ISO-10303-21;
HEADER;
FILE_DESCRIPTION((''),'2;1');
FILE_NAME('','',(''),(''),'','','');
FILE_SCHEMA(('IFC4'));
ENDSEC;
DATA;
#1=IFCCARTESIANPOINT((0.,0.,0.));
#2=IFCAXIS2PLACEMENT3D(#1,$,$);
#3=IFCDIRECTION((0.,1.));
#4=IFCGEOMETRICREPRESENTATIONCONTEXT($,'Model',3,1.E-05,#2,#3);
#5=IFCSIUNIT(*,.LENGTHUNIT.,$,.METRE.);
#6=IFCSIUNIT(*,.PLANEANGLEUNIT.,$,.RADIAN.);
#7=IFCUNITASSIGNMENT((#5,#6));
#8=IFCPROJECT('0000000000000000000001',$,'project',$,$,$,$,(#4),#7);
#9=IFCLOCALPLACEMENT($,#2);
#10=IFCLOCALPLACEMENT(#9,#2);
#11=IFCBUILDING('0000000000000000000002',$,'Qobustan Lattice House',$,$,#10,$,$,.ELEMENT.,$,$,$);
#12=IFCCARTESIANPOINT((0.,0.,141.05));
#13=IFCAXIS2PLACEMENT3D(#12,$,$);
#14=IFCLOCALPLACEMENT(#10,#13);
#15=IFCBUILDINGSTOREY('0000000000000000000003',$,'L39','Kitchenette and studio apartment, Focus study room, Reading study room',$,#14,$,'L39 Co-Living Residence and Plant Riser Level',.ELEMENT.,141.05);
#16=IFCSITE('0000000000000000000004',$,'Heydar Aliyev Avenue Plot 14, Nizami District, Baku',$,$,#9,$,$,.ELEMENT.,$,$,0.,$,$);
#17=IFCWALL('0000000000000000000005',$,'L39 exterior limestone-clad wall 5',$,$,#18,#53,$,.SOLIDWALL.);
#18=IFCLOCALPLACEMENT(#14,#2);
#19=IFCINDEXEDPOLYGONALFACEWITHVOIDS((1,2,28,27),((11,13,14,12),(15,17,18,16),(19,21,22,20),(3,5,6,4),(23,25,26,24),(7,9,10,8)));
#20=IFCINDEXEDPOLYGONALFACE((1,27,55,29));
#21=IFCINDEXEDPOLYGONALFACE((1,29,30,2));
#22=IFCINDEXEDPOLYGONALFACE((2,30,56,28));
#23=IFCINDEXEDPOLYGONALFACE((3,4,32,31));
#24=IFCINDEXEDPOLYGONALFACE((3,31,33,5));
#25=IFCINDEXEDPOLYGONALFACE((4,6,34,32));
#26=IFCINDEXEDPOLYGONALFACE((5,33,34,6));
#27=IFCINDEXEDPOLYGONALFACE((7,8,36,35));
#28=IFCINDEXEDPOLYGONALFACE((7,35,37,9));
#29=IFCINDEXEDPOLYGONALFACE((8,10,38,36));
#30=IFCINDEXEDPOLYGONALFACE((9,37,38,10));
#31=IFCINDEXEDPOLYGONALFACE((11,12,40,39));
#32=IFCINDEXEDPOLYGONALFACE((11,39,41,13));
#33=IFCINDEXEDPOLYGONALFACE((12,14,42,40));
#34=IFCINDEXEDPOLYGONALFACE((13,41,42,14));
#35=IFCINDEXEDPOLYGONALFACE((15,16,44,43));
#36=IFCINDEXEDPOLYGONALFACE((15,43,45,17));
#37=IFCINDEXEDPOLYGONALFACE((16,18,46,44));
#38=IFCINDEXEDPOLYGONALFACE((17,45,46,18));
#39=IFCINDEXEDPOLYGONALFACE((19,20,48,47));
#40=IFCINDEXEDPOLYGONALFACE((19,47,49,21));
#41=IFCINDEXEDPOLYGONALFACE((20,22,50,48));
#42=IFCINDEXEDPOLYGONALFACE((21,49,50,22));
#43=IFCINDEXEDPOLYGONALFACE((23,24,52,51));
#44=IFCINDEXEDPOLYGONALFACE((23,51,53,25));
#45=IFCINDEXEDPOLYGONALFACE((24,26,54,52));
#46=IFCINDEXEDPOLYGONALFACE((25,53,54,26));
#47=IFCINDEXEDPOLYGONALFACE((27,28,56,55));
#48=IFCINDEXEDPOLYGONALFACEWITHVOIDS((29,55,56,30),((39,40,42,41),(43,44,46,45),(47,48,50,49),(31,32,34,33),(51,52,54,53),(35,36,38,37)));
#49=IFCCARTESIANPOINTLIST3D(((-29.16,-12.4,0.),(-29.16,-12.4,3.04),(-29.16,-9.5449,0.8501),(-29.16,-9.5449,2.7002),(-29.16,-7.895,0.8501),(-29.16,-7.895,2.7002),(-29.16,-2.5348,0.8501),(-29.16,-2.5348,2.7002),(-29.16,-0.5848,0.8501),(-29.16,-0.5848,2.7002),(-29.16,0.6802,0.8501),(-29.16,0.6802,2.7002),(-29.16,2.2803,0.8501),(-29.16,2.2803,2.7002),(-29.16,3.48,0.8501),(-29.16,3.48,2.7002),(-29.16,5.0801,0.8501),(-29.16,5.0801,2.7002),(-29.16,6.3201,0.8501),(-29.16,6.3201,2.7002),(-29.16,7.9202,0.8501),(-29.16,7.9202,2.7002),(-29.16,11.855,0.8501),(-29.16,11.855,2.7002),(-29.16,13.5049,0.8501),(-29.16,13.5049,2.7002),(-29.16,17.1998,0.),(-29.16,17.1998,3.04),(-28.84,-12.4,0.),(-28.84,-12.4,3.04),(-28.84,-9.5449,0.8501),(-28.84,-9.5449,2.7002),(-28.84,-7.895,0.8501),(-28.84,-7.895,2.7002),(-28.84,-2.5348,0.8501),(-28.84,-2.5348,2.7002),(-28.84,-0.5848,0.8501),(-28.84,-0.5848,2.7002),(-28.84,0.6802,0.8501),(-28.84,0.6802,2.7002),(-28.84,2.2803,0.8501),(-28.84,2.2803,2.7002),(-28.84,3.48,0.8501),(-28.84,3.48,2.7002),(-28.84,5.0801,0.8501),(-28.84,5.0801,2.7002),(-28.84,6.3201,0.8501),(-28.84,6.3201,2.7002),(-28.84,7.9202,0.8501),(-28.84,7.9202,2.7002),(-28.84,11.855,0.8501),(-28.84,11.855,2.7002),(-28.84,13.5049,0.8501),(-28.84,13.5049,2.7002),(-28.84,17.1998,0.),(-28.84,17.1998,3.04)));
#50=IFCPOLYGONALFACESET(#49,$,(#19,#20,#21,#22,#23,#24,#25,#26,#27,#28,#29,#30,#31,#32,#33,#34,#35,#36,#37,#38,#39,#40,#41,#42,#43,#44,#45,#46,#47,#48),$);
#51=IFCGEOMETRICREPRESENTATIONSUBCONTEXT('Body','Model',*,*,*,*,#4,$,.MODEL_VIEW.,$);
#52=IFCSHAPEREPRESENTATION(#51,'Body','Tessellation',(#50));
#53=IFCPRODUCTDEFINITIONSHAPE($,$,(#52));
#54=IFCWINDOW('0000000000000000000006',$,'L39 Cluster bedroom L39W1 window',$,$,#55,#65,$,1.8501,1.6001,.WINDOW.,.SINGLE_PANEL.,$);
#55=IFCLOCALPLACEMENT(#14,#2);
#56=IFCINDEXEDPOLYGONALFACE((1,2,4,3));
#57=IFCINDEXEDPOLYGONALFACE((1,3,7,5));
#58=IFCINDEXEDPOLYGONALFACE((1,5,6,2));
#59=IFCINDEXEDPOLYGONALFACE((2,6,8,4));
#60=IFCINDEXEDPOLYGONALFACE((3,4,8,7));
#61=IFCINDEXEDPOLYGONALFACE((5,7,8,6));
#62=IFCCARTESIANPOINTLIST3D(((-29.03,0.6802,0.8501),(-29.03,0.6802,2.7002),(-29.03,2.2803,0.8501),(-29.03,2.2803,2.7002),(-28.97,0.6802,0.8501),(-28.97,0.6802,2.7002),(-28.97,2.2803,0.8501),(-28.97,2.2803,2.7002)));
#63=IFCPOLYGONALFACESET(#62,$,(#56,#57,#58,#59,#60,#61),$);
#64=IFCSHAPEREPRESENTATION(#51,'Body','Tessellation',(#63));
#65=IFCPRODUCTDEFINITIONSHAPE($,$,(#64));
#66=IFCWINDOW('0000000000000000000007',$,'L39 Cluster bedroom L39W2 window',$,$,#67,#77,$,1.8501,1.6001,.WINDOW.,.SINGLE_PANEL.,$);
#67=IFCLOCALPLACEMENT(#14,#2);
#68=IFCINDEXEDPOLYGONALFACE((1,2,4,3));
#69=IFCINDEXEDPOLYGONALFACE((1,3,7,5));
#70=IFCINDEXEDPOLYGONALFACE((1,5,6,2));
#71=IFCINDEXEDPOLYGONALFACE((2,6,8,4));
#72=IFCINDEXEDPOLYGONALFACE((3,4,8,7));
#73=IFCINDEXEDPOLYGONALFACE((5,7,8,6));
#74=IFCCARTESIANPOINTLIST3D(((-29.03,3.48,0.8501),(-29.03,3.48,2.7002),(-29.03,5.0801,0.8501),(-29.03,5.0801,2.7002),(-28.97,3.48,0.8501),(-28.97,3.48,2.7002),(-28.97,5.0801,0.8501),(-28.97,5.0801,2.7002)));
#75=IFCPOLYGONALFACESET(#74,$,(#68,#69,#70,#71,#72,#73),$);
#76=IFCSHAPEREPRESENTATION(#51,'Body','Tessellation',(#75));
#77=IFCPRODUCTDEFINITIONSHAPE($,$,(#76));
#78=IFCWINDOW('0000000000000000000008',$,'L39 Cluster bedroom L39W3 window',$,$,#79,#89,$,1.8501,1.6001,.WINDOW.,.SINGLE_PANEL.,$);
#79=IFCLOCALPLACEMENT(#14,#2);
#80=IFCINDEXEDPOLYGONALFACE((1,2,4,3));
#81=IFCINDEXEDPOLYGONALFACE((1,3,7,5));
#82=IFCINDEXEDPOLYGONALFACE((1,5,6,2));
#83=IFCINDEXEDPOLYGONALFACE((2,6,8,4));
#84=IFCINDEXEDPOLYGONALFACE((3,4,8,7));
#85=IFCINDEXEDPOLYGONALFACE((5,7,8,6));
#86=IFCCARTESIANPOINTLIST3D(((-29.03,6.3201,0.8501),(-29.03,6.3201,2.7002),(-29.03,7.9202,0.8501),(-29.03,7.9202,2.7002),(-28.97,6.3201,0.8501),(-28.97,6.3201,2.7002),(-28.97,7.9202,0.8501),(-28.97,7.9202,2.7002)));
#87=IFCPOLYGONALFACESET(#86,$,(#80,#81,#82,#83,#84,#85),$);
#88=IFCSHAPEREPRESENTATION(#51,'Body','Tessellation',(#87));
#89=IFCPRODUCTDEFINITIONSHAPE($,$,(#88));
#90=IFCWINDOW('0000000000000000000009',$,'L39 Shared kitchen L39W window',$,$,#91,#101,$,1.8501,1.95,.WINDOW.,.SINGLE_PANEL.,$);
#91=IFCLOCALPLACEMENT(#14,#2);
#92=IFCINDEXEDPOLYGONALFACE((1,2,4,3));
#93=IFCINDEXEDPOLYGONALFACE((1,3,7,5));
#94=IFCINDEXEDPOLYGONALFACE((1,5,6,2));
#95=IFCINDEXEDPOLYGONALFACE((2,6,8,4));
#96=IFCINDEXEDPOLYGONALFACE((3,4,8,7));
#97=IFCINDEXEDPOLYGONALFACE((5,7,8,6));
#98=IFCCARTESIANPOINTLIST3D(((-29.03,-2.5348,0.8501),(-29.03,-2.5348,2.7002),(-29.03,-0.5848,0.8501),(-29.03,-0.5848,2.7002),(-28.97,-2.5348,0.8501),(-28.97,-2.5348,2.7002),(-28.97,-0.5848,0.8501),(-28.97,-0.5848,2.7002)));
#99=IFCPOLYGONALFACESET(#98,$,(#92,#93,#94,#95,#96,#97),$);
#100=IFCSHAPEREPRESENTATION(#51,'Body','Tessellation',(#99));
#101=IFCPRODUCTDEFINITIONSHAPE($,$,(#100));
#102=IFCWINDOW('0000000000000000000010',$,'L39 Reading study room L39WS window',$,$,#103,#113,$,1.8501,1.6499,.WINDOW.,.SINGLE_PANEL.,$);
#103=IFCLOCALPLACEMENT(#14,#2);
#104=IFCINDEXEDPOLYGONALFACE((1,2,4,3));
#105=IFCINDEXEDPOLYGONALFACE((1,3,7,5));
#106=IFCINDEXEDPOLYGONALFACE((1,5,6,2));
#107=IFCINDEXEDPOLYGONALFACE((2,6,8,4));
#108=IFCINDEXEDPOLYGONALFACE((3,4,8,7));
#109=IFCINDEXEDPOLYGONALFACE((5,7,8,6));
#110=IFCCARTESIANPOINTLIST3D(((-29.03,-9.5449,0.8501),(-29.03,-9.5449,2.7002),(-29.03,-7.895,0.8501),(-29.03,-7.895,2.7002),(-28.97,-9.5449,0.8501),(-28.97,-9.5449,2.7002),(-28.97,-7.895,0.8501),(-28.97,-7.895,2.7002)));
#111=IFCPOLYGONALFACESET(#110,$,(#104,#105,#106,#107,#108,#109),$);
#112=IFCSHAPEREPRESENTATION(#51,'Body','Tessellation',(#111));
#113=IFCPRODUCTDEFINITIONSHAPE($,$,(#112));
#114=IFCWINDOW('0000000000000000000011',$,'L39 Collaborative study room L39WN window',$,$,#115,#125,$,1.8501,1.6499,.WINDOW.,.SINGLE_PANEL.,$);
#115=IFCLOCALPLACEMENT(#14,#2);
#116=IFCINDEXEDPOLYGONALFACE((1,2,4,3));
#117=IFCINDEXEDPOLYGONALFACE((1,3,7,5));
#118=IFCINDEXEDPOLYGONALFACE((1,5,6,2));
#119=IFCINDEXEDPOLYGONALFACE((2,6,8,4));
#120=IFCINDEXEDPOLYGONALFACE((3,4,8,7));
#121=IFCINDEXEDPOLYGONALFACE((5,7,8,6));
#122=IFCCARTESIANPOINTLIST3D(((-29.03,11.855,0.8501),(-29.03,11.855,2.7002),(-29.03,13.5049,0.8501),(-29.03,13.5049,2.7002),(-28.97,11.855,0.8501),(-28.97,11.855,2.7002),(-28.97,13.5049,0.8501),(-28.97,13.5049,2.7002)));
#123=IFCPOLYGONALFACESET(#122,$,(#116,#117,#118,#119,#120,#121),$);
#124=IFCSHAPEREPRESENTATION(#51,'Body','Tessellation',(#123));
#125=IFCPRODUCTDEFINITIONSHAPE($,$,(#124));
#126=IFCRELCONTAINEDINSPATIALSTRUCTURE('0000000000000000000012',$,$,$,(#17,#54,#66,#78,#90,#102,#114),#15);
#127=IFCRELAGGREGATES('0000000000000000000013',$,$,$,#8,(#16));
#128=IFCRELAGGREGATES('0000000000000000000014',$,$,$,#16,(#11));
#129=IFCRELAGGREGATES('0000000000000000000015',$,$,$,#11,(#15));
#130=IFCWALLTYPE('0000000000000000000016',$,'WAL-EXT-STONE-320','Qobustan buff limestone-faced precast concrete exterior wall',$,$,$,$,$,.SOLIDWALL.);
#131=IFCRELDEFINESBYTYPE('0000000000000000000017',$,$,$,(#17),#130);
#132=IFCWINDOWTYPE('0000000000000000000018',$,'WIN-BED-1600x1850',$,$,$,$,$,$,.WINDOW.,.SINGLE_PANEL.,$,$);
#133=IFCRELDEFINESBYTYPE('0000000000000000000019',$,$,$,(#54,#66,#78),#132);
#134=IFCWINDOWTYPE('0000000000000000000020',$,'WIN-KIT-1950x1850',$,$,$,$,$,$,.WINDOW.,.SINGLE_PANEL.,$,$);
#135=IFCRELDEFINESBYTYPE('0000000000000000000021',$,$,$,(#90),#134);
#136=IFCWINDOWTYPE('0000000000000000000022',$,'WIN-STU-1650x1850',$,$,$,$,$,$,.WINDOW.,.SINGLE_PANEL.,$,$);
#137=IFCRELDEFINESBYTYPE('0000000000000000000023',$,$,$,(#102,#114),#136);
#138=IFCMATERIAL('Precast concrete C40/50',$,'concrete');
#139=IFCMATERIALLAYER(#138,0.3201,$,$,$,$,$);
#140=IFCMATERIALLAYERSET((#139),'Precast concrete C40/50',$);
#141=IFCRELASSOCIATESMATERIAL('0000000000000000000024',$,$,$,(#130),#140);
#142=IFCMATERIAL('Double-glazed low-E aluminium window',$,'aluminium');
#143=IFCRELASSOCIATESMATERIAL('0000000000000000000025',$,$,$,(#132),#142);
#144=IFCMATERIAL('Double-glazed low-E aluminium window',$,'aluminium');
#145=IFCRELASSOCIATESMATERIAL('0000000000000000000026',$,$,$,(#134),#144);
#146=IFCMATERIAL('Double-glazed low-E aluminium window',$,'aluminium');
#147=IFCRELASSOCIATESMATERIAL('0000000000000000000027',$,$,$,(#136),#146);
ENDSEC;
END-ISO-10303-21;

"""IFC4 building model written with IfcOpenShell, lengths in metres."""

from ifc_helpers import new_model, si_unit, direction, frame, frame_2d, origin, place, context, subcontext, project, spatial, rectangle, extrude, material, layer, layer_set, type_object, element, fill, save


model = new_model("IFC4")

# Units and contexts
model_context = context("Model", 3, precision=1e-05, world=origin(), true_north=direction((0.0, 1.0)))
body_context = subcontext(model_context, "Body", "Model", "MODEL_VIEW")
ifc_project = project(units=[si_unit("LENGTHUNIT", "METRE"), si_unit("PLANEANGLEUNIT", "RADIAN")], contexts=[model_context])

# Site, building, storey
site_placement = place(None, origin())
site = spatial("IfcSite", under=ifc_project, at=site_placement, Name="Heydar Aliyev Avenue Plot 14, Nizami District, Baku", CompositionType="ELEMENT", RefElevation=0.0)
building_placement = place(site_placement, origin())
building = spatial("IfcBuilding", under=site, at=building_placement, Name="Qobustan Lattice House", CompositionType="ELEMENT")
storey_placement = place(building_placement, frame((0.0, 0.0, 141.05)))
storey = spatial("IfcBuildingStorey", under=building, at=storey_placement, Name="L39", Description="Kitchenette and studio apartment, Focus study room, Reading study room", LongName="L39 Co-Living Residence and Plant Riser Level", CompositionType="ELEMENT", Elevation=141.05)

# Shared definitions
ifc_material_1 = material(Name="Precast concrete C40/50", Category="concrete")
ifc_layer_1 = layer(ifc_material_1, 0.3201)
ifc_layer_set_1 = layer_set([ifc_layer_1], Name="Precast concrete C40/50")
wall_type = type_object("IfcWallType", Name="WAL-EXT-STONE-320", Description="Qobustan buff limestone-faced precast concrete exterior wall", PredefinedType="SOLIDWALL", material=ifc_layer_set_1)

# Wall, openings, windows
wall_1_placement = place(storey_placement, frame((-29.0, -12.3999, 0.0), z_axis=(0.0, 0.0, 1.0), x_axis=(0.0, 1.0, 0.0)))
wall_1 = element("IfcWall", 1, at=wall_1_placement, inside=storey, type_object=wall_type, Name="L39 exterior limestone-clad wall 5", PredefinedType="SOLIDWALL", context=body_context, shape_type="SweptSolid", body=[
    extrude(rectangle(XDim=29.5999, YDim=0.3201, at=frame_2d((14.7998, 0.0))), origin(), (0.0, 0.0, 1.0), 3.04),
])
opening_1_placement = place(wall_1_placement, frame((2.855, 0.0, 0.8501)))
opening_1 = element("IfcOpeningElement", 2, at=opening_1_placement, cuts=wall_1, PredefinedType="OPENING", context=body_context, shape_type="SweptSolid", body=[
    extrude(rectangle(XDim=1.6499, YDim=1.8501, at=frame_2d((0.825, 0.925))), frame((0.0, 0.1699, 0.0), z_axis=(0.0, -1.0, 0.0), x_axis=(1.0, 0.0, 0.0)), (0.0, 0.0, 1.0), 0.3401),
])
opening_2_placement = place(wall_1_placement, frame((9.865, 0.0, 0.8501)))
opening_2 = element("IfcOpeningElement", 3, at=opening_2_placement, cuts=wall_1, PredefinedType="OPENING", context=body_context, shape_type="SweptSolid", body=[
    extrude(rectangle(XDim=1.95, YDim=1.8501, at=frame_2d((0.9751, 0.925))), frame((0.0, 0.1699, 0.0), z_axis=(0.0, -1.0, 0.0), x_axis=(1.0, 0.0, 0.0)), (0.0, 0.0, 1.0), 0.3401),
])
opening_3_placement = place(wall_1_placement, frame((13.0801, 0.0, 0.8501)))
opening_3 = element("IfcOpeningElement", 4, at=opening_3_placement, cuts=wall_1, PredefinedType="OPENING", context=body_context, shape_type="SweptSolid", body=[
    extrude(rectangle(XDim=1.6001, YDim=1.8501, at=frame_2d((0.8, 0.925))), frame((0.0, 0.1699, 0.0), z_axis=(0.0, -1.0, 0.0), x_axis=(1.0, 0.0, 0.0)), (0.0, 0.0, 1.0), 0.3401),
])
opening_4_placement = place(wall_1_placement, frame((15.8799, 0.0, 0.8501)))
opening_4 = element("IfcOpeningElement", 5, at=opening_4_placement, cuts=wall_1, PredefinedType="OPENING", context=body_context, shape_type="SweptSolid", body=[
    extrude(rectangle(XDim=1.6001, YDim=1.8501, at=frame_2d((0.8, 0.925))), frame((0.0, 0.1699, 0.0), z_axis=(0.0, -1.0, 0.0), x_axis=(1.0, 0.0, 0.0)), (0.0, 0.0, 1.0), 0.3401),
])
opening_5_placement = place(wall_1_placement, frame((18.72, 0.0, 0.8501)))
opening_5 = element("IfcOpeningElement", 6, at=opening_5_placement, cuts=wall_1, PredefinedType="OPENING", context=body_context, shape_type="SweptSolid", body=[
    extrude(rectangle(XDim=1.6001, YDim=1.8501, at=frame_2d((0.8, 0.925))), frame((0.0, 0.1699, 0.0), z_axis=(0.0, -1.0, 0.0), x_axis=(1.0, 0.0, 0.0)), (0.0, 0.0, 1.0), 0.3401),
])
opening_6_placement = place(wall_1_placement, frame((24.2549, 0.0, 0.8501)))
opening_6 = element("IfcOpeningElement", 7, at=opening_6_placement, cuts=wall_1, PredefinedType="OPENING", context=body_context, shape_type="SweptSolid", body=[
    extrude(rectangle(XDim=1.6499, YDim=1.8501, at=frame_2d((0.825, 0.925))), frame((0.0, 0.1699, 0.0), z_axis=(0.0, -1.0, 0.0), x_axis=(1.0, 0.0, 0.0)), (0.0, 0.0, 1.0), 0.3401),
])
ifc_material_2 = material(Name="Double-glazed low-E aluminium window", Category="aluminium")
window_type_1 = type_object("IfcWindowType", Name="WIN-BED-1600x1850", PartitioningType="SINGLE_PANEL", PredefinedType="WINDOW", material=ifc_material_2)
window_1_placement = place(opening_3_placement, origin())
window_1 = element("IfcWindow", 8, at=window_1_placement, inside=storey, type_object=window_type_1, Name="L39 Cluster bedroom L39W1 window", OverallHeight=1.8501, OverallWidth=1.6001, PartitioningType="SINGLE_PANEL", PredefinedType="WINDOW", context=body_context, shape_type="SweptSolid", body=[
    extrude(rectangle(XDim=1.6001, YDim=1.8501, at=frame_2d((0.8, 0.925))), frame((0.0, 0.03, 0.0), z_axis=(0.0, -1.0, 0.0), x_axis=(1.0, 0.0, 0.0)), (0.0, 0.0, 1.0), 0.0601),
])
fill(opening_3, window_1)
window_2_placement = place(opening_4_placement, origin())
window_2 = element("IfcWindow", 9, at=window_2_placement, inside=storey, type_object=window_type_1, Name="L39 Cluster bedroom L39W2 window", OverallHeight=1.8501, OverallWidth=1.6001, PartitioningType="SINGLE_PANEL", PredefinedType="WINDOW", context=body_context, shape_type="SweptSolid", body=[
    extrude(rectangle(XDim=1.6001, YDim=1.8501, at=frame_2d((0.8, 0.925))), frame((0.0, 0.03, 0.0), z_axis=(0.0, -1.0, 0.0), x_axis=(1.0, 0.0, 0.0)), (0.0, 0.0, 1.0), 0.0601),
])
fill(opening_4, window_2)
window_3_placement = place(opening_5_placement, origin())
window_3 = element("IfcWindow", 10, at=window_3_placement, inside=storey, type_object=window_type_1, Name="L39 Cluster bedroom L39W3 window", OverallHeight=1.8501, OverallWidth=1.6001, PartitioningType="SINGLE_PANEL", PredefinedType="WINDOW", context=body_context, shape_type="SweptSolid", body=[
    extrude(rectangle(XDim=1.6001, YDim=1.8501, at=frame_2d((0.8, 0.925))), frame((0.0, 0.03, 0.0), z_axis=(0.0, -1.0, 0.0), x_axis=(1.0, 0.0, 0.0)), (0.0, 0.0, 1.0), 0.0601),
])
fill(opening_5, window_3)
ifc_material_3 = material(Name="Double-glazed low-E aluminium window", Category="aluminium")
window_type_2 = type_object("IfcWindowType", Name="WIN-KIT-1950x1850", PartitioningType="SINGLE_PANEL", PredefinedType="WINDOW", material=ifc_material_3)
window_4_placement = place(opening_2_placement, origin())
window_4 = element("IfcWindow", 11, at=window_4_placement, inside=storey, type_object=window_type_2, Name="L39 Shared kitchen L39W window", OverallHeight=1.8501, OverallWidth=1.95, PartitioningType="SINGLE_PANEL", PredefinedType="WINDOW", context=body_context, shape_type="SweptSolid", body=[
    extrude(rectangle(XDim=1.95, YDim=1.8501, at=frame_2d((0.9751, 0.925))), frame((0.0, 0.03, 0.0), z_axis=(0.0, -1.0, 0.0), x_axis=(1.0, 0.0, 0.0)), (0.0, 0.0, 1.0), 0.0601),
])
fill(opening_2, window_4)
ifc_material_4 = material(Name="Double-glazed low-E aluminium window", Category="aluminium")
window_type_3 = type_object("IfcWindowType", Name="WIN-STU-1650x1850", PartitioningType="SINGLE_PANEL", PredefinedType="WINDOW", material=ifc_material_4)
window_5_placement = place(opening_1_placement, origin())
window_5 = element("IfcWindow", 12, at=window_5_placement, inside=storey, type_object=window_type_3, Name="L39 Reading study room L39WS window", OverallHeight=1.8501, OverallWidth=1.6499, PartitioningType="SINGLE_PANEL", PredefinedType="WINDOW", context=body_context, shape_type="SweptSolid", body=[
    extrude(rectangle(XDim=1.6499, YDim=1.8501, at=frame_2d((0.825, 0.925))), frame((0.0, 0.03, 0.0), z_axis=(0.0, -1.0, 0.0), x_axis=(1.0, 0.0, 0.0)), (0.0, 0.0, 1.0), 0.0601),
])
fill(opening_1, window_5)
window_6_placement = place(opening_6_placement, origin())
window_6 = element("IfcWindow", 13, at=window_6_placement, inside=storey, type_object=window_type_3, Name="L39 Collaborative study room L39WN window", OverallHeight=1.8501, OverallWidth=1.6499, PartitioningType="SINGLE_PANEL", PredefinedType="WINDOW", context=body_context, shape_type="SweptSolid", body=[
    extrude(rectangle(XDim=1.6499, YDim=1.8501, at=frame_2d((0.825, 0.925))), frame((0.0, 0.03, 0.0), z_axis=(0.0, -1.0, 0.0), x_axis=(1.0, 0.0, 0.0)), (0.0, 0.0, 1.0), 0.0601),
])
fill(opening_6, window_6)

save(model, "model.ifc")
